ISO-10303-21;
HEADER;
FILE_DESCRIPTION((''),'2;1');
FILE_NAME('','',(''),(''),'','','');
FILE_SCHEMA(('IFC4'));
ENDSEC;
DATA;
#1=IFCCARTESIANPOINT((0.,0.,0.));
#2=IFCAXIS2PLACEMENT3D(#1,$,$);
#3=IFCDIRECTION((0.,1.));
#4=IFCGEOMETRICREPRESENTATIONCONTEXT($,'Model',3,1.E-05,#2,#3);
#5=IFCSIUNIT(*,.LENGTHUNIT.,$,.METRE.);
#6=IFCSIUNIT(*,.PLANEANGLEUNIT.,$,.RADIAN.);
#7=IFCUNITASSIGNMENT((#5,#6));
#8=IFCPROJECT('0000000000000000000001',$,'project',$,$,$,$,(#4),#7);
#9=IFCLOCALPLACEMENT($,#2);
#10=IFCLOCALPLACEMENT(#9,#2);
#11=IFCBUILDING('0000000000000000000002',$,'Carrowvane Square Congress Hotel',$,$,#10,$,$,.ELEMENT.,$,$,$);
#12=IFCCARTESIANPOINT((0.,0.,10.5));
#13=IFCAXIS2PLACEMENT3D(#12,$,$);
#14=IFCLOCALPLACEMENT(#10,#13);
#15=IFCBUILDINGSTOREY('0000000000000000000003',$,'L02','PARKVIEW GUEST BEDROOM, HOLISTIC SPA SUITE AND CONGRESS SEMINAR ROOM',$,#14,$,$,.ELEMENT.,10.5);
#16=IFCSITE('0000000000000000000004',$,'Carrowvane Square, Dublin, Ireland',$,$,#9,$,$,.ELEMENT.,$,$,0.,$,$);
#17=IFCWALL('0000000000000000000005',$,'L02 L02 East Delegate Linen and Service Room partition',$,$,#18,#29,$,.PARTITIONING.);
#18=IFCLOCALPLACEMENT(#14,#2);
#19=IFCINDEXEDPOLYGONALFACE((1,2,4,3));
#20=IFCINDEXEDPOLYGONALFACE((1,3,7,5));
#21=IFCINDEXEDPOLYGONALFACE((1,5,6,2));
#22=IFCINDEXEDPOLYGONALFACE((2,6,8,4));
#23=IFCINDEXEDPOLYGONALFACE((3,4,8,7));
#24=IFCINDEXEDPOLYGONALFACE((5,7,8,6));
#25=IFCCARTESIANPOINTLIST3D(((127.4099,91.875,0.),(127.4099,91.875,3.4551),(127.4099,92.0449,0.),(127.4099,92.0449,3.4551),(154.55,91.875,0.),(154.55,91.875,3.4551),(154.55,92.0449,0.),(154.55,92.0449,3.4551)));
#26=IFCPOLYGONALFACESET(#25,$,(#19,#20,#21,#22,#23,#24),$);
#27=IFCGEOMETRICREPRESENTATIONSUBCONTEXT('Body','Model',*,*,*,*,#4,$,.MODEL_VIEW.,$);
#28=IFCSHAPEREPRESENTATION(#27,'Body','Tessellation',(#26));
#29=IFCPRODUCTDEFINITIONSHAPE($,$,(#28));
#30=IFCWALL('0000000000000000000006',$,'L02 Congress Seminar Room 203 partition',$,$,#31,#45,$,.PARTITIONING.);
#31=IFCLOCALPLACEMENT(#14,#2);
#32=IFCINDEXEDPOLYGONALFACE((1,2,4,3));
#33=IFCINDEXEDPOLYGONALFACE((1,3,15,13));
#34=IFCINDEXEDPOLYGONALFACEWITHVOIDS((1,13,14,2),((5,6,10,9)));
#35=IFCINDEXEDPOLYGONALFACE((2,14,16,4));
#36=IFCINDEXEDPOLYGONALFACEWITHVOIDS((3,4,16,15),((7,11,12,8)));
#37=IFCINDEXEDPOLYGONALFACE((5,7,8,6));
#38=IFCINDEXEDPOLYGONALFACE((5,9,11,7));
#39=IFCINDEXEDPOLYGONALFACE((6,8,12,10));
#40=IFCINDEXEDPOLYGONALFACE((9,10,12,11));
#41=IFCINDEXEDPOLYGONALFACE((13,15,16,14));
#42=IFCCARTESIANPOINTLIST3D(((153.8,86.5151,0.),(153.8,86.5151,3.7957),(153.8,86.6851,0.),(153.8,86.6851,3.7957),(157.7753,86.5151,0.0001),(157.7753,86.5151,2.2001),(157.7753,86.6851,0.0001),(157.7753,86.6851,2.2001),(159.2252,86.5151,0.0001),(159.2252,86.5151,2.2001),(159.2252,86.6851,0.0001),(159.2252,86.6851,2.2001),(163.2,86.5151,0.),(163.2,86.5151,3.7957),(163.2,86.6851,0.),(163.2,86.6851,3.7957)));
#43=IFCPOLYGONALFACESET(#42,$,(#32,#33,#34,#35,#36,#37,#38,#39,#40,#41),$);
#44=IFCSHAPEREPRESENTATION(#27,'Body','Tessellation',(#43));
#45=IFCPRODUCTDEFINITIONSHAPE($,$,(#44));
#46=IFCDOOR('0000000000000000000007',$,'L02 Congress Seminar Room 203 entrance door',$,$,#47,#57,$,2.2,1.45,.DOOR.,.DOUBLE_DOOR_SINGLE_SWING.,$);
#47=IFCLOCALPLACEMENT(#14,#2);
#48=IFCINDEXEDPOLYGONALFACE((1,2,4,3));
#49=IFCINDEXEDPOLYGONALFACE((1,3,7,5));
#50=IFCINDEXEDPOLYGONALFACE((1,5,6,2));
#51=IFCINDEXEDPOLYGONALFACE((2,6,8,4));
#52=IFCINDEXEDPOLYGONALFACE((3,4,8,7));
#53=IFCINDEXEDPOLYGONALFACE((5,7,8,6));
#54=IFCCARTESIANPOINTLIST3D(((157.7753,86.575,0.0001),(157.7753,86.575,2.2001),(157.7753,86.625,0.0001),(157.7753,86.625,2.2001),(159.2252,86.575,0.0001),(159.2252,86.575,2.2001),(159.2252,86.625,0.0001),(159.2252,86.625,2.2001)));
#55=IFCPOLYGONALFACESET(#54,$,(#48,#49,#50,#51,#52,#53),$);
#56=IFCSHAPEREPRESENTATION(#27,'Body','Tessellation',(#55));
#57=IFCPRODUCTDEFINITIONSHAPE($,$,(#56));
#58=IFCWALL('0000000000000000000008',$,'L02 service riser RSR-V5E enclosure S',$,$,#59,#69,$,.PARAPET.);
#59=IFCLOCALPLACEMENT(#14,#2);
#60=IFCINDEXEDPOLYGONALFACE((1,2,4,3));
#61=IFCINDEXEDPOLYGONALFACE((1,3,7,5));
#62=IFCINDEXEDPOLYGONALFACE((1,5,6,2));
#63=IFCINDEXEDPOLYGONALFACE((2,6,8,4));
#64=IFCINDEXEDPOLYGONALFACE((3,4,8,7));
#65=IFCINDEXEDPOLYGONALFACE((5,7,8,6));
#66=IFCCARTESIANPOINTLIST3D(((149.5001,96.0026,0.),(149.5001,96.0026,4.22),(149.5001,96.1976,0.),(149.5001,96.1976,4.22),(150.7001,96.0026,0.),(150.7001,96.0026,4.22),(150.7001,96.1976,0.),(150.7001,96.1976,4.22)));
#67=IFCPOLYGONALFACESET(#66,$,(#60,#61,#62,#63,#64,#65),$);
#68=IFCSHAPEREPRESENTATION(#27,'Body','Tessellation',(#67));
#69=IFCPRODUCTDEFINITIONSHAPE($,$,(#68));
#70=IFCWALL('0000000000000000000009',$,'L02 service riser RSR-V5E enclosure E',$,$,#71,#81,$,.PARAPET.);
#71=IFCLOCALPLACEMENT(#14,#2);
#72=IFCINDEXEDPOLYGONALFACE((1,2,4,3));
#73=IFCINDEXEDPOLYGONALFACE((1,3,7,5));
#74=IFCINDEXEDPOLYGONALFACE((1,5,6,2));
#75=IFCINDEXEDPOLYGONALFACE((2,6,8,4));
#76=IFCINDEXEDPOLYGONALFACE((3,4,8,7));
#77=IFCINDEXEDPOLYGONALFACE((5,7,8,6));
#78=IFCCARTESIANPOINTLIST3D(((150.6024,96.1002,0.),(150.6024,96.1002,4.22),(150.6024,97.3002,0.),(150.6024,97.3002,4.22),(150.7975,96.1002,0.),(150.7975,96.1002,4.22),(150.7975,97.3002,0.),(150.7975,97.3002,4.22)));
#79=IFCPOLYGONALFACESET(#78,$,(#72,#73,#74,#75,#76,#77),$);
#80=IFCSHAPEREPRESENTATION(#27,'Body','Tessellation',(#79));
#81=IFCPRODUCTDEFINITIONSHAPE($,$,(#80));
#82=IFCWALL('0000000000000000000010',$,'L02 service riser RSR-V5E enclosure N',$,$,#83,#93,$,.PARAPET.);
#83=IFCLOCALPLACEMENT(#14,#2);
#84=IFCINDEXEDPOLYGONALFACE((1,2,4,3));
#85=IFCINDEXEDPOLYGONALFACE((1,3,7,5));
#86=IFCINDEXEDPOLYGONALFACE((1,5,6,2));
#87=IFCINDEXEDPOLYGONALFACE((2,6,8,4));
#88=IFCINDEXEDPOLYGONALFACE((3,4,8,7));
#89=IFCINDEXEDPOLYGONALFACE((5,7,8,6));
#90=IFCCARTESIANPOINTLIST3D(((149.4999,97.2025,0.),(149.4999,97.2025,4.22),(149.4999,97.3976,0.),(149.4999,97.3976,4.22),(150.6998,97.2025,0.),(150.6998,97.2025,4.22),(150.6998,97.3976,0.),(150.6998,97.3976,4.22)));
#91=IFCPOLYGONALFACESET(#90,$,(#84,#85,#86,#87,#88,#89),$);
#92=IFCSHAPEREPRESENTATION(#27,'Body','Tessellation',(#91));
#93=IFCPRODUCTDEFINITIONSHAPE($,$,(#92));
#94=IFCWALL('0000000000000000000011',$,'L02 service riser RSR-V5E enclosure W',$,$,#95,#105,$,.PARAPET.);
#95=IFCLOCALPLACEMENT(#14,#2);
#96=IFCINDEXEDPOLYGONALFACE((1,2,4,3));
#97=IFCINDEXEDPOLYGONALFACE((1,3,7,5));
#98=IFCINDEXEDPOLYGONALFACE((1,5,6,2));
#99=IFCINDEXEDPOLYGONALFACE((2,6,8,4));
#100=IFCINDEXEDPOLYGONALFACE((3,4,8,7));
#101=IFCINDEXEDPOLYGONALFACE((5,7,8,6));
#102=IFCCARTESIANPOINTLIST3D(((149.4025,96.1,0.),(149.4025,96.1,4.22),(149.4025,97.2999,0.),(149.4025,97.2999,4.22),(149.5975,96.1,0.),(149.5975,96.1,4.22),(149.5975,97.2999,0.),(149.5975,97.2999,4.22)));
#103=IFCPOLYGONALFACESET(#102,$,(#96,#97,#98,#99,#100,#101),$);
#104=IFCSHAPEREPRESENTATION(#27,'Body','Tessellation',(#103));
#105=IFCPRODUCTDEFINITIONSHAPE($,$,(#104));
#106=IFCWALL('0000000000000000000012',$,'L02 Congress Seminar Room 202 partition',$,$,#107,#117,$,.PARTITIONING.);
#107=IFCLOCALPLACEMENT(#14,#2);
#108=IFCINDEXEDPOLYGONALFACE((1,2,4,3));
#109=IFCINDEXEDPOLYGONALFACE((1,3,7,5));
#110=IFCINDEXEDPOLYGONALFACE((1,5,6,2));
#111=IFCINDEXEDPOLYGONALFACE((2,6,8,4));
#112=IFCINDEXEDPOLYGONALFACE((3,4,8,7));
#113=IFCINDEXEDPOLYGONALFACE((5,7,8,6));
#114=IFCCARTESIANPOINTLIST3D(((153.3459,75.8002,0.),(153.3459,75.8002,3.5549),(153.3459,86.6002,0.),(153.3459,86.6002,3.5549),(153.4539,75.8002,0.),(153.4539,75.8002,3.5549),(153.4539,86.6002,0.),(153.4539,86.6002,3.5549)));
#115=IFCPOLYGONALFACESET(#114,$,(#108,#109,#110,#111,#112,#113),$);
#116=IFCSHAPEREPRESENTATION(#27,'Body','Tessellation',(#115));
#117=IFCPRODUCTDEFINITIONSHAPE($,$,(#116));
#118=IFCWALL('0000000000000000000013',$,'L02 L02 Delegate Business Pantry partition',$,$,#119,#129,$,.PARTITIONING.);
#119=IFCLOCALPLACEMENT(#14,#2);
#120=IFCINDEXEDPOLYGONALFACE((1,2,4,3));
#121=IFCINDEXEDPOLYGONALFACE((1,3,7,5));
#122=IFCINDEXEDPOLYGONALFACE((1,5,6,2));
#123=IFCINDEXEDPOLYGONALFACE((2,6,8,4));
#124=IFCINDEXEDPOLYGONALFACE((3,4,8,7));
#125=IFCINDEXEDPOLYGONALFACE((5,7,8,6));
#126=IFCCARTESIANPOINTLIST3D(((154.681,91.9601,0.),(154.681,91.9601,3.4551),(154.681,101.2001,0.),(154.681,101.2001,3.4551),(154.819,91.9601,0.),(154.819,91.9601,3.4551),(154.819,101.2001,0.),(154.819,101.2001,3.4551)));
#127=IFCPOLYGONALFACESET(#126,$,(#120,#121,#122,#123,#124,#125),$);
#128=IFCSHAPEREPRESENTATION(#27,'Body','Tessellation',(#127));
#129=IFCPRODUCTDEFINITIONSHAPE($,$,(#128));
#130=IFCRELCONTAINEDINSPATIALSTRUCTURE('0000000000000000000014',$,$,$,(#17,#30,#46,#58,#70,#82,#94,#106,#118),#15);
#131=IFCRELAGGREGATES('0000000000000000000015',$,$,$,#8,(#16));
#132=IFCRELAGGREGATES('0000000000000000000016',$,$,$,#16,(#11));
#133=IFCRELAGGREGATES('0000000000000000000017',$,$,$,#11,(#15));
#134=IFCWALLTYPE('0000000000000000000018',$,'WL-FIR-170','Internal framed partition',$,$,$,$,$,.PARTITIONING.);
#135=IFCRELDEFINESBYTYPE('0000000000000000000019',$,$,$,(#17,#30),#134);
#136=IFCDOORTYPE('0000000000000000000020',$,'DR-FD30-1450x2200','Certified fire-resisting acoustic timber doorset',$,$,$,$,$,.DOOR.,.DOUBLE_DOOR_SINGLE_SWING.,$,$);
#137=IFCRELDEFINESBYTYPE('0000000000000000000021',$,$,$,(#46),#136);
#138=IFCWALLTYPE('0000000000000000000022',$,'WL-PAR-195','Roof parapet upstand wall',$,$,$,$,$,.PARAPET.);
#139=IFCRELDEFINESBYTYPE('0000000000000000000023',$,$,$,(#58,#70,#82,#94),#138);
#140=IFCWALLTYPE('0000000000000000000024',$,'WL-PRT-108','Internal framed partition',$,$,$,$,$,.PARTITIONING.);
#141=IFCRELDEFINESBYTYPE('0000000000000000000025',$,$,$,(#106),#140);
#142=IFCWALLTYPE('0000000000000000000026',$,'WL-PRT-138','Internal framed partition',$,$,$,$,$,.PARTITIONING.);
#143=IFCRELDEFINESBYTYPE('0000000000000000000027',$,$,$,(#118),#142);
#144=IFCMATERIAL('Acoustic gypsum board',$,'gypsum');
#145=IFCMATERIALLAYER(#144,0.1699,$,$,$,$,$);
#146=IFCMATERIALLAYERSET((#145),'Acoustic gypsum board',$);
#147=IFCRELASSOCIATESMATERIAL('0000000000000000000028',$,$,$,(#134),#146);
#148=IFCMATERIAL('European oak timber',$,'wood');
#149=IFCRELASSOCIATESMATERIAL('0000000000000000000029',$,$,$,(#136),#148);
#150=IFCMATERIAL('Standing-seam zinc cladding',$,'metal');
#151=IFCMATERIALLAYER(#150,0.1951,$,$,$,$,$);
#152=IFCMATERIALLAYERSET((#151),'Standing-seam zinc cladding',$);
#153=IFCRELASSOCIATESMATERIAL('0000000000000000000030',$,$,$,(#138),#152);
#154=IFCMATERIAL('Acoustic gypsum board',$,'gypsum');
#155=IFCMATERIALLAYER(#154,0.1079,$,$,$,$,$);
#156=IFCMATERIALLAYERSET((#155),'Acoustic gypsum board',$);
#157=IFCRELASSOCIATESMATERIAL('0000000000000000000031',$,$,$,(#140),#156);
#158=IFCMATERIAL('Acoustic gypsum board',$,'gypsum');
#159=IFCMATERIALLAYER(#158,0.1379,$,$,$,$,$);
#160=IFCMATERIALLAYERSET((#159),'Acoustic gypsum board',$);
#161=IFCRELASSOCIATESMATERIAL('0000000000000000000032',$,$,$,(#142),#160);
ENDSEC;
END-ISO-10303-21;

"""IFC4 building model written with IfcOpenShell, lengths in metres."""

from ifc_helpers import new_model, si_unit, direction, frame, frame_2d, origin, place, context, subcontext, project, spatial, rectangle, extrude, material, layer, layer_set, type_object, element, fill, save


model = new_model("IFC4")

# Units and contexts
model_context = context("Model", 3, precision=1e-05, world=origin(), true_north=direction((0.0, 1.0)))
body_context = subcontext(model_context, "Body", "Model", "MODEL_VIEW")
ifc_project = project(units=[si_unit("LENGTHUNIT", "METRE"), si_unit("PLANEANGLEUNIT", "RADIAN")], contexts=[model_context])

# Site, building, storey
site_placement = place(None, origin())
site = spatial("IfcSite", under=ifc_project, at=site_placement, Name="Carrowvane Square, Dublin, Ireland", CompositionType="ELEMENT", RefElevation=0.0)
building_placement = place(site_placement, origin())
building = spatial("IfcBuilding", under=site, at=building_placement, Name="Carrowvane Square Congress Hotel", CompositionType="ELEMENT")
storey_placement = place(building_placement, frame((0.0, 0.0, 10.5)))
storey = spatial("IfcBuildingStorey", under=building, at=storey_placement, Name="L02", Description="PARKVIEW GUEST BEDROOM, HOLISTIC SPA SUITE AND CONGRESS SEMINAR ROOM", CompositionType="ELEMENT", Elevation=10.5)

# Wall
ifc_material_1 = material(Name="Acoustic gypsum board", Category="gypsum")
ifc_layer_1 = layer(ifc_material_1, 0.1699)
ifc_layer_set_1 = layer_set([ifc_layer_1], Name="Acoustic gypsum board")
wall_type_1 = type_object("IfcWallType", Name="WL-FIR-170", Description="Internal framed partition", PredefinedType="PARTITIONING", material=ifc_layer_set_1)
wall_1_placement = place(storey_placement, frame((154.55, 91.96, 0.0), z_axis=(0.0, 0.0, 1.0), x_axis=(-1.0, 0.0, 0.0)))
element("IfcWall", 1, at=wall_1_placement, inside=storey, type_object=wall_type_1, Name="L02 L02 East Delegate Linen and Service Room partition", PredefinedType="PARTITIONING", context=body_context, shape_type="SweptSolid", body=[
    extrude(rectangle(XDim=27.1401, YDim=0.1699, at=frame_2d((13.5701, 0.0))), origin(), (0.0, 0.0, 1.0), 3.4551),
])

# Wall, opening, door
wall_2_placement = place(storey_placement, frame((153.8, 86.6001, 0.0), z_axis=(0.0, 0.0, 1.0), x_axis=(1.0, 0.0, 0.0)))
wall_2 = element("IfcWall", 2, at=wall_2_placement, inside=storey, type_object=wall_type_1, Name="L02 Congress Seminar Room 203 partition", PredefinedType="PARTITIONING", context=body_context, shape_type="SweptSolid", body=[
    extrude(rectangle(XDim=9.3999, YDim=0.1699, at=frame_2d((4.7, 0.0))), origin(), (0.0, 0.0, 1.0), 3.7957),
])
opening_placement = place(wall_2_placement, frame((3.9751, 0.0, 0.0)))
opening = element("IfcOpeningElement", 3, at=opening_placement, cuts=wall_2, PredefinedType="OPENING", context=body_context, shape_type="SweptSolid", body=[
    extrude(rectangle(XDim=1.45, YDim=2.2, at=frame_2d((0.7251, 1.1001))), frame((0.0, 0.095, 0.0), z_axis=(0.0, -1.0, 0.0), x_axis=(1.0, 0.0, 0.0)), (0.0, 0.0, 1.0), 0.1899),
])
ifc_material_2 = material(Name="European oak timber", Category="wood")
door_type = type_object("IfcDoorType", Name="DR-FD30-1450x2200", Description="Certified fire-resisting acoustic timber doorset", OperationType="DOUBLE_DOOR_SINGLE_SWING", PredefinedType="DOOR", material=ifc_material_2)
door_placement = place(opening_placement, origin())
door = element("IfcDoor", 4, at=door_placement, inside=storey, type_object=door_type, Name="L02 Congress Seminar Room 203 entrance door", OperationType="DOUBLE_DOOR_SINGLE_SWING", OverallHeight=2.2, OverallWidth=1.45, PredefinedType="DOOR", context=body_context, shape_type="SweptSolid", body=[
    extrude(rectangle(XDim=1.45, YDim=2.2, at=frame_2d((0.7251, 1.1001))), frame((0.0, 0.0249, 0.0), z_axis=(0.0, -1.0, 0.0), x_axis=(1.0, 0.0, 0.0)), (0.0, 0.0, 1.0), 0.05),
])
fill(opening, door)

# Walls
ifc_material_3 = material(Name="Standing-seam zinc cladding", Category="metal")
ifc_layer_2 = layer(ifc_material_3, 0.1951)
ifc_layer_set_2 = layer_set([ifc_layer_2], Name="Standing-seam zinc cladding")
wall_type_2 = type_object("IfcWallType", Name="WL-PAR-195", Description="Roof parapet upstand wall", PredefinedType="PARAPET", material=ifc_layer_set_2)
for number, where, z_axis, x_axis, name in (
    (5, (149.5, 96.1001, 0.0), (0.0, 0.0, 1.0), (1.0, 0.0, 0.0), "L02 service riser RSR-V5E enclosure S"),
    (6, (150.7, 96.1001, 0.0), (0.0, 0.0, 1.0), (0.0, 1.0, 0.0), "L02 service riser RSR-V5E enclosure E"),
    (7, (150.7, 97.3, 0.0), (0.0, 0.0, 1.0), (-1.0, 0.0, 0.0), "L02 service riser RSR-V5E enclosure N"),
    (8, (149.5, 97.3, 0.0), (0.0, 0.0, 1.0), (0.0, -1.0, 0.0), "L02 service riser RSR-V5E enclosure W"),
):
    element("IfcWall", number, at=place(storey_placement, frame(where, z_axis=z_axis, x_axis=x_axis)), inside=storey, type_object=wall_type_2, Name=name, PredefinedType="PARAPET", context=body_context, shape_type="SweptSolid", body=[
        extrude(rectangle(XDim=1.2, YDim=0.1951, at=frame_2d((0.6001, 0.0))), origin(), (0.0, 0.0, 1.0), 4.22),
    ])
ifc_material_4 = material(Name="Acoustic gypsum board", Category="gypsum")
ifc_layer_3 = layer(ifc_material_4, 0.1079)
ifc_layer_set_3 = layer_set([ifc_layer_3], Name="Acoustic gypsum board")
wall_type_3 = type_object("IfcWallType", Name="WL-PRT-108", Description="Internal framed partition", PredefinedType="PARTITIONING", material=ifc_layer_set_3)
wall_3_placement = place(storey_placement, frame((153.3999, 86.6001, 0.0), z_axis=(0.0, 0.0, 1.0), x_axis=(0.0, -1.0, 0.0)))
element("IfcWall", 9, at=wall_3_placement, inside=storey, type_object=wall_type_3, Name="L02 Congress Seminar Room 202 partition", PredefinedType="PARTITIONING", context=body_context, shape_type="SweptSolid", body=[
    extrude(rectangle(XDim=10.8, YDim=0.1079, at=frame_2d((5.3999, 0.0))), origin(), (0.0, 0.0, 1.0), 3.5549),
])
ifc_material_5 = material(Name="Acoustic gypsum board", Category="gypsum")
ifc_layer_4 = layer(ifc_material_5, 0.1379)
ifc_layer_set_4 = layer_set([ifc_layer_4], Name="Acoustic gypsum board")
wall_type_4 = type_object("IfcWallType", Name="WL-PRT-138", Description="Internal framed partition", PredefinedType="PARTITIONING", material=ifc_layer_set_4)
wall_4_placement = place(storey_placement, frame((154.75, 91.96, 0.0), z_axis=(0.0, 0.0, 1.0), x_axis=(0.0, 1.0, 0.0)))
element("IfcWall", 10, at=wall_4_placement, inside=storey, type_object=wall_type_4, Name="L02 L02 Delegate Business Pantry partition", PredefinedType="PARTITIONING", context=body_context, shape_type="SweptSolid", body=[
    extrude(rectangle(XDim=9.24, YDim=0.1379, at=frame_2d((4.6201, 0.0))), origin(), (0.0, 0.0, 1.0), 3.4551),
])

save(model, "model.ifc")
